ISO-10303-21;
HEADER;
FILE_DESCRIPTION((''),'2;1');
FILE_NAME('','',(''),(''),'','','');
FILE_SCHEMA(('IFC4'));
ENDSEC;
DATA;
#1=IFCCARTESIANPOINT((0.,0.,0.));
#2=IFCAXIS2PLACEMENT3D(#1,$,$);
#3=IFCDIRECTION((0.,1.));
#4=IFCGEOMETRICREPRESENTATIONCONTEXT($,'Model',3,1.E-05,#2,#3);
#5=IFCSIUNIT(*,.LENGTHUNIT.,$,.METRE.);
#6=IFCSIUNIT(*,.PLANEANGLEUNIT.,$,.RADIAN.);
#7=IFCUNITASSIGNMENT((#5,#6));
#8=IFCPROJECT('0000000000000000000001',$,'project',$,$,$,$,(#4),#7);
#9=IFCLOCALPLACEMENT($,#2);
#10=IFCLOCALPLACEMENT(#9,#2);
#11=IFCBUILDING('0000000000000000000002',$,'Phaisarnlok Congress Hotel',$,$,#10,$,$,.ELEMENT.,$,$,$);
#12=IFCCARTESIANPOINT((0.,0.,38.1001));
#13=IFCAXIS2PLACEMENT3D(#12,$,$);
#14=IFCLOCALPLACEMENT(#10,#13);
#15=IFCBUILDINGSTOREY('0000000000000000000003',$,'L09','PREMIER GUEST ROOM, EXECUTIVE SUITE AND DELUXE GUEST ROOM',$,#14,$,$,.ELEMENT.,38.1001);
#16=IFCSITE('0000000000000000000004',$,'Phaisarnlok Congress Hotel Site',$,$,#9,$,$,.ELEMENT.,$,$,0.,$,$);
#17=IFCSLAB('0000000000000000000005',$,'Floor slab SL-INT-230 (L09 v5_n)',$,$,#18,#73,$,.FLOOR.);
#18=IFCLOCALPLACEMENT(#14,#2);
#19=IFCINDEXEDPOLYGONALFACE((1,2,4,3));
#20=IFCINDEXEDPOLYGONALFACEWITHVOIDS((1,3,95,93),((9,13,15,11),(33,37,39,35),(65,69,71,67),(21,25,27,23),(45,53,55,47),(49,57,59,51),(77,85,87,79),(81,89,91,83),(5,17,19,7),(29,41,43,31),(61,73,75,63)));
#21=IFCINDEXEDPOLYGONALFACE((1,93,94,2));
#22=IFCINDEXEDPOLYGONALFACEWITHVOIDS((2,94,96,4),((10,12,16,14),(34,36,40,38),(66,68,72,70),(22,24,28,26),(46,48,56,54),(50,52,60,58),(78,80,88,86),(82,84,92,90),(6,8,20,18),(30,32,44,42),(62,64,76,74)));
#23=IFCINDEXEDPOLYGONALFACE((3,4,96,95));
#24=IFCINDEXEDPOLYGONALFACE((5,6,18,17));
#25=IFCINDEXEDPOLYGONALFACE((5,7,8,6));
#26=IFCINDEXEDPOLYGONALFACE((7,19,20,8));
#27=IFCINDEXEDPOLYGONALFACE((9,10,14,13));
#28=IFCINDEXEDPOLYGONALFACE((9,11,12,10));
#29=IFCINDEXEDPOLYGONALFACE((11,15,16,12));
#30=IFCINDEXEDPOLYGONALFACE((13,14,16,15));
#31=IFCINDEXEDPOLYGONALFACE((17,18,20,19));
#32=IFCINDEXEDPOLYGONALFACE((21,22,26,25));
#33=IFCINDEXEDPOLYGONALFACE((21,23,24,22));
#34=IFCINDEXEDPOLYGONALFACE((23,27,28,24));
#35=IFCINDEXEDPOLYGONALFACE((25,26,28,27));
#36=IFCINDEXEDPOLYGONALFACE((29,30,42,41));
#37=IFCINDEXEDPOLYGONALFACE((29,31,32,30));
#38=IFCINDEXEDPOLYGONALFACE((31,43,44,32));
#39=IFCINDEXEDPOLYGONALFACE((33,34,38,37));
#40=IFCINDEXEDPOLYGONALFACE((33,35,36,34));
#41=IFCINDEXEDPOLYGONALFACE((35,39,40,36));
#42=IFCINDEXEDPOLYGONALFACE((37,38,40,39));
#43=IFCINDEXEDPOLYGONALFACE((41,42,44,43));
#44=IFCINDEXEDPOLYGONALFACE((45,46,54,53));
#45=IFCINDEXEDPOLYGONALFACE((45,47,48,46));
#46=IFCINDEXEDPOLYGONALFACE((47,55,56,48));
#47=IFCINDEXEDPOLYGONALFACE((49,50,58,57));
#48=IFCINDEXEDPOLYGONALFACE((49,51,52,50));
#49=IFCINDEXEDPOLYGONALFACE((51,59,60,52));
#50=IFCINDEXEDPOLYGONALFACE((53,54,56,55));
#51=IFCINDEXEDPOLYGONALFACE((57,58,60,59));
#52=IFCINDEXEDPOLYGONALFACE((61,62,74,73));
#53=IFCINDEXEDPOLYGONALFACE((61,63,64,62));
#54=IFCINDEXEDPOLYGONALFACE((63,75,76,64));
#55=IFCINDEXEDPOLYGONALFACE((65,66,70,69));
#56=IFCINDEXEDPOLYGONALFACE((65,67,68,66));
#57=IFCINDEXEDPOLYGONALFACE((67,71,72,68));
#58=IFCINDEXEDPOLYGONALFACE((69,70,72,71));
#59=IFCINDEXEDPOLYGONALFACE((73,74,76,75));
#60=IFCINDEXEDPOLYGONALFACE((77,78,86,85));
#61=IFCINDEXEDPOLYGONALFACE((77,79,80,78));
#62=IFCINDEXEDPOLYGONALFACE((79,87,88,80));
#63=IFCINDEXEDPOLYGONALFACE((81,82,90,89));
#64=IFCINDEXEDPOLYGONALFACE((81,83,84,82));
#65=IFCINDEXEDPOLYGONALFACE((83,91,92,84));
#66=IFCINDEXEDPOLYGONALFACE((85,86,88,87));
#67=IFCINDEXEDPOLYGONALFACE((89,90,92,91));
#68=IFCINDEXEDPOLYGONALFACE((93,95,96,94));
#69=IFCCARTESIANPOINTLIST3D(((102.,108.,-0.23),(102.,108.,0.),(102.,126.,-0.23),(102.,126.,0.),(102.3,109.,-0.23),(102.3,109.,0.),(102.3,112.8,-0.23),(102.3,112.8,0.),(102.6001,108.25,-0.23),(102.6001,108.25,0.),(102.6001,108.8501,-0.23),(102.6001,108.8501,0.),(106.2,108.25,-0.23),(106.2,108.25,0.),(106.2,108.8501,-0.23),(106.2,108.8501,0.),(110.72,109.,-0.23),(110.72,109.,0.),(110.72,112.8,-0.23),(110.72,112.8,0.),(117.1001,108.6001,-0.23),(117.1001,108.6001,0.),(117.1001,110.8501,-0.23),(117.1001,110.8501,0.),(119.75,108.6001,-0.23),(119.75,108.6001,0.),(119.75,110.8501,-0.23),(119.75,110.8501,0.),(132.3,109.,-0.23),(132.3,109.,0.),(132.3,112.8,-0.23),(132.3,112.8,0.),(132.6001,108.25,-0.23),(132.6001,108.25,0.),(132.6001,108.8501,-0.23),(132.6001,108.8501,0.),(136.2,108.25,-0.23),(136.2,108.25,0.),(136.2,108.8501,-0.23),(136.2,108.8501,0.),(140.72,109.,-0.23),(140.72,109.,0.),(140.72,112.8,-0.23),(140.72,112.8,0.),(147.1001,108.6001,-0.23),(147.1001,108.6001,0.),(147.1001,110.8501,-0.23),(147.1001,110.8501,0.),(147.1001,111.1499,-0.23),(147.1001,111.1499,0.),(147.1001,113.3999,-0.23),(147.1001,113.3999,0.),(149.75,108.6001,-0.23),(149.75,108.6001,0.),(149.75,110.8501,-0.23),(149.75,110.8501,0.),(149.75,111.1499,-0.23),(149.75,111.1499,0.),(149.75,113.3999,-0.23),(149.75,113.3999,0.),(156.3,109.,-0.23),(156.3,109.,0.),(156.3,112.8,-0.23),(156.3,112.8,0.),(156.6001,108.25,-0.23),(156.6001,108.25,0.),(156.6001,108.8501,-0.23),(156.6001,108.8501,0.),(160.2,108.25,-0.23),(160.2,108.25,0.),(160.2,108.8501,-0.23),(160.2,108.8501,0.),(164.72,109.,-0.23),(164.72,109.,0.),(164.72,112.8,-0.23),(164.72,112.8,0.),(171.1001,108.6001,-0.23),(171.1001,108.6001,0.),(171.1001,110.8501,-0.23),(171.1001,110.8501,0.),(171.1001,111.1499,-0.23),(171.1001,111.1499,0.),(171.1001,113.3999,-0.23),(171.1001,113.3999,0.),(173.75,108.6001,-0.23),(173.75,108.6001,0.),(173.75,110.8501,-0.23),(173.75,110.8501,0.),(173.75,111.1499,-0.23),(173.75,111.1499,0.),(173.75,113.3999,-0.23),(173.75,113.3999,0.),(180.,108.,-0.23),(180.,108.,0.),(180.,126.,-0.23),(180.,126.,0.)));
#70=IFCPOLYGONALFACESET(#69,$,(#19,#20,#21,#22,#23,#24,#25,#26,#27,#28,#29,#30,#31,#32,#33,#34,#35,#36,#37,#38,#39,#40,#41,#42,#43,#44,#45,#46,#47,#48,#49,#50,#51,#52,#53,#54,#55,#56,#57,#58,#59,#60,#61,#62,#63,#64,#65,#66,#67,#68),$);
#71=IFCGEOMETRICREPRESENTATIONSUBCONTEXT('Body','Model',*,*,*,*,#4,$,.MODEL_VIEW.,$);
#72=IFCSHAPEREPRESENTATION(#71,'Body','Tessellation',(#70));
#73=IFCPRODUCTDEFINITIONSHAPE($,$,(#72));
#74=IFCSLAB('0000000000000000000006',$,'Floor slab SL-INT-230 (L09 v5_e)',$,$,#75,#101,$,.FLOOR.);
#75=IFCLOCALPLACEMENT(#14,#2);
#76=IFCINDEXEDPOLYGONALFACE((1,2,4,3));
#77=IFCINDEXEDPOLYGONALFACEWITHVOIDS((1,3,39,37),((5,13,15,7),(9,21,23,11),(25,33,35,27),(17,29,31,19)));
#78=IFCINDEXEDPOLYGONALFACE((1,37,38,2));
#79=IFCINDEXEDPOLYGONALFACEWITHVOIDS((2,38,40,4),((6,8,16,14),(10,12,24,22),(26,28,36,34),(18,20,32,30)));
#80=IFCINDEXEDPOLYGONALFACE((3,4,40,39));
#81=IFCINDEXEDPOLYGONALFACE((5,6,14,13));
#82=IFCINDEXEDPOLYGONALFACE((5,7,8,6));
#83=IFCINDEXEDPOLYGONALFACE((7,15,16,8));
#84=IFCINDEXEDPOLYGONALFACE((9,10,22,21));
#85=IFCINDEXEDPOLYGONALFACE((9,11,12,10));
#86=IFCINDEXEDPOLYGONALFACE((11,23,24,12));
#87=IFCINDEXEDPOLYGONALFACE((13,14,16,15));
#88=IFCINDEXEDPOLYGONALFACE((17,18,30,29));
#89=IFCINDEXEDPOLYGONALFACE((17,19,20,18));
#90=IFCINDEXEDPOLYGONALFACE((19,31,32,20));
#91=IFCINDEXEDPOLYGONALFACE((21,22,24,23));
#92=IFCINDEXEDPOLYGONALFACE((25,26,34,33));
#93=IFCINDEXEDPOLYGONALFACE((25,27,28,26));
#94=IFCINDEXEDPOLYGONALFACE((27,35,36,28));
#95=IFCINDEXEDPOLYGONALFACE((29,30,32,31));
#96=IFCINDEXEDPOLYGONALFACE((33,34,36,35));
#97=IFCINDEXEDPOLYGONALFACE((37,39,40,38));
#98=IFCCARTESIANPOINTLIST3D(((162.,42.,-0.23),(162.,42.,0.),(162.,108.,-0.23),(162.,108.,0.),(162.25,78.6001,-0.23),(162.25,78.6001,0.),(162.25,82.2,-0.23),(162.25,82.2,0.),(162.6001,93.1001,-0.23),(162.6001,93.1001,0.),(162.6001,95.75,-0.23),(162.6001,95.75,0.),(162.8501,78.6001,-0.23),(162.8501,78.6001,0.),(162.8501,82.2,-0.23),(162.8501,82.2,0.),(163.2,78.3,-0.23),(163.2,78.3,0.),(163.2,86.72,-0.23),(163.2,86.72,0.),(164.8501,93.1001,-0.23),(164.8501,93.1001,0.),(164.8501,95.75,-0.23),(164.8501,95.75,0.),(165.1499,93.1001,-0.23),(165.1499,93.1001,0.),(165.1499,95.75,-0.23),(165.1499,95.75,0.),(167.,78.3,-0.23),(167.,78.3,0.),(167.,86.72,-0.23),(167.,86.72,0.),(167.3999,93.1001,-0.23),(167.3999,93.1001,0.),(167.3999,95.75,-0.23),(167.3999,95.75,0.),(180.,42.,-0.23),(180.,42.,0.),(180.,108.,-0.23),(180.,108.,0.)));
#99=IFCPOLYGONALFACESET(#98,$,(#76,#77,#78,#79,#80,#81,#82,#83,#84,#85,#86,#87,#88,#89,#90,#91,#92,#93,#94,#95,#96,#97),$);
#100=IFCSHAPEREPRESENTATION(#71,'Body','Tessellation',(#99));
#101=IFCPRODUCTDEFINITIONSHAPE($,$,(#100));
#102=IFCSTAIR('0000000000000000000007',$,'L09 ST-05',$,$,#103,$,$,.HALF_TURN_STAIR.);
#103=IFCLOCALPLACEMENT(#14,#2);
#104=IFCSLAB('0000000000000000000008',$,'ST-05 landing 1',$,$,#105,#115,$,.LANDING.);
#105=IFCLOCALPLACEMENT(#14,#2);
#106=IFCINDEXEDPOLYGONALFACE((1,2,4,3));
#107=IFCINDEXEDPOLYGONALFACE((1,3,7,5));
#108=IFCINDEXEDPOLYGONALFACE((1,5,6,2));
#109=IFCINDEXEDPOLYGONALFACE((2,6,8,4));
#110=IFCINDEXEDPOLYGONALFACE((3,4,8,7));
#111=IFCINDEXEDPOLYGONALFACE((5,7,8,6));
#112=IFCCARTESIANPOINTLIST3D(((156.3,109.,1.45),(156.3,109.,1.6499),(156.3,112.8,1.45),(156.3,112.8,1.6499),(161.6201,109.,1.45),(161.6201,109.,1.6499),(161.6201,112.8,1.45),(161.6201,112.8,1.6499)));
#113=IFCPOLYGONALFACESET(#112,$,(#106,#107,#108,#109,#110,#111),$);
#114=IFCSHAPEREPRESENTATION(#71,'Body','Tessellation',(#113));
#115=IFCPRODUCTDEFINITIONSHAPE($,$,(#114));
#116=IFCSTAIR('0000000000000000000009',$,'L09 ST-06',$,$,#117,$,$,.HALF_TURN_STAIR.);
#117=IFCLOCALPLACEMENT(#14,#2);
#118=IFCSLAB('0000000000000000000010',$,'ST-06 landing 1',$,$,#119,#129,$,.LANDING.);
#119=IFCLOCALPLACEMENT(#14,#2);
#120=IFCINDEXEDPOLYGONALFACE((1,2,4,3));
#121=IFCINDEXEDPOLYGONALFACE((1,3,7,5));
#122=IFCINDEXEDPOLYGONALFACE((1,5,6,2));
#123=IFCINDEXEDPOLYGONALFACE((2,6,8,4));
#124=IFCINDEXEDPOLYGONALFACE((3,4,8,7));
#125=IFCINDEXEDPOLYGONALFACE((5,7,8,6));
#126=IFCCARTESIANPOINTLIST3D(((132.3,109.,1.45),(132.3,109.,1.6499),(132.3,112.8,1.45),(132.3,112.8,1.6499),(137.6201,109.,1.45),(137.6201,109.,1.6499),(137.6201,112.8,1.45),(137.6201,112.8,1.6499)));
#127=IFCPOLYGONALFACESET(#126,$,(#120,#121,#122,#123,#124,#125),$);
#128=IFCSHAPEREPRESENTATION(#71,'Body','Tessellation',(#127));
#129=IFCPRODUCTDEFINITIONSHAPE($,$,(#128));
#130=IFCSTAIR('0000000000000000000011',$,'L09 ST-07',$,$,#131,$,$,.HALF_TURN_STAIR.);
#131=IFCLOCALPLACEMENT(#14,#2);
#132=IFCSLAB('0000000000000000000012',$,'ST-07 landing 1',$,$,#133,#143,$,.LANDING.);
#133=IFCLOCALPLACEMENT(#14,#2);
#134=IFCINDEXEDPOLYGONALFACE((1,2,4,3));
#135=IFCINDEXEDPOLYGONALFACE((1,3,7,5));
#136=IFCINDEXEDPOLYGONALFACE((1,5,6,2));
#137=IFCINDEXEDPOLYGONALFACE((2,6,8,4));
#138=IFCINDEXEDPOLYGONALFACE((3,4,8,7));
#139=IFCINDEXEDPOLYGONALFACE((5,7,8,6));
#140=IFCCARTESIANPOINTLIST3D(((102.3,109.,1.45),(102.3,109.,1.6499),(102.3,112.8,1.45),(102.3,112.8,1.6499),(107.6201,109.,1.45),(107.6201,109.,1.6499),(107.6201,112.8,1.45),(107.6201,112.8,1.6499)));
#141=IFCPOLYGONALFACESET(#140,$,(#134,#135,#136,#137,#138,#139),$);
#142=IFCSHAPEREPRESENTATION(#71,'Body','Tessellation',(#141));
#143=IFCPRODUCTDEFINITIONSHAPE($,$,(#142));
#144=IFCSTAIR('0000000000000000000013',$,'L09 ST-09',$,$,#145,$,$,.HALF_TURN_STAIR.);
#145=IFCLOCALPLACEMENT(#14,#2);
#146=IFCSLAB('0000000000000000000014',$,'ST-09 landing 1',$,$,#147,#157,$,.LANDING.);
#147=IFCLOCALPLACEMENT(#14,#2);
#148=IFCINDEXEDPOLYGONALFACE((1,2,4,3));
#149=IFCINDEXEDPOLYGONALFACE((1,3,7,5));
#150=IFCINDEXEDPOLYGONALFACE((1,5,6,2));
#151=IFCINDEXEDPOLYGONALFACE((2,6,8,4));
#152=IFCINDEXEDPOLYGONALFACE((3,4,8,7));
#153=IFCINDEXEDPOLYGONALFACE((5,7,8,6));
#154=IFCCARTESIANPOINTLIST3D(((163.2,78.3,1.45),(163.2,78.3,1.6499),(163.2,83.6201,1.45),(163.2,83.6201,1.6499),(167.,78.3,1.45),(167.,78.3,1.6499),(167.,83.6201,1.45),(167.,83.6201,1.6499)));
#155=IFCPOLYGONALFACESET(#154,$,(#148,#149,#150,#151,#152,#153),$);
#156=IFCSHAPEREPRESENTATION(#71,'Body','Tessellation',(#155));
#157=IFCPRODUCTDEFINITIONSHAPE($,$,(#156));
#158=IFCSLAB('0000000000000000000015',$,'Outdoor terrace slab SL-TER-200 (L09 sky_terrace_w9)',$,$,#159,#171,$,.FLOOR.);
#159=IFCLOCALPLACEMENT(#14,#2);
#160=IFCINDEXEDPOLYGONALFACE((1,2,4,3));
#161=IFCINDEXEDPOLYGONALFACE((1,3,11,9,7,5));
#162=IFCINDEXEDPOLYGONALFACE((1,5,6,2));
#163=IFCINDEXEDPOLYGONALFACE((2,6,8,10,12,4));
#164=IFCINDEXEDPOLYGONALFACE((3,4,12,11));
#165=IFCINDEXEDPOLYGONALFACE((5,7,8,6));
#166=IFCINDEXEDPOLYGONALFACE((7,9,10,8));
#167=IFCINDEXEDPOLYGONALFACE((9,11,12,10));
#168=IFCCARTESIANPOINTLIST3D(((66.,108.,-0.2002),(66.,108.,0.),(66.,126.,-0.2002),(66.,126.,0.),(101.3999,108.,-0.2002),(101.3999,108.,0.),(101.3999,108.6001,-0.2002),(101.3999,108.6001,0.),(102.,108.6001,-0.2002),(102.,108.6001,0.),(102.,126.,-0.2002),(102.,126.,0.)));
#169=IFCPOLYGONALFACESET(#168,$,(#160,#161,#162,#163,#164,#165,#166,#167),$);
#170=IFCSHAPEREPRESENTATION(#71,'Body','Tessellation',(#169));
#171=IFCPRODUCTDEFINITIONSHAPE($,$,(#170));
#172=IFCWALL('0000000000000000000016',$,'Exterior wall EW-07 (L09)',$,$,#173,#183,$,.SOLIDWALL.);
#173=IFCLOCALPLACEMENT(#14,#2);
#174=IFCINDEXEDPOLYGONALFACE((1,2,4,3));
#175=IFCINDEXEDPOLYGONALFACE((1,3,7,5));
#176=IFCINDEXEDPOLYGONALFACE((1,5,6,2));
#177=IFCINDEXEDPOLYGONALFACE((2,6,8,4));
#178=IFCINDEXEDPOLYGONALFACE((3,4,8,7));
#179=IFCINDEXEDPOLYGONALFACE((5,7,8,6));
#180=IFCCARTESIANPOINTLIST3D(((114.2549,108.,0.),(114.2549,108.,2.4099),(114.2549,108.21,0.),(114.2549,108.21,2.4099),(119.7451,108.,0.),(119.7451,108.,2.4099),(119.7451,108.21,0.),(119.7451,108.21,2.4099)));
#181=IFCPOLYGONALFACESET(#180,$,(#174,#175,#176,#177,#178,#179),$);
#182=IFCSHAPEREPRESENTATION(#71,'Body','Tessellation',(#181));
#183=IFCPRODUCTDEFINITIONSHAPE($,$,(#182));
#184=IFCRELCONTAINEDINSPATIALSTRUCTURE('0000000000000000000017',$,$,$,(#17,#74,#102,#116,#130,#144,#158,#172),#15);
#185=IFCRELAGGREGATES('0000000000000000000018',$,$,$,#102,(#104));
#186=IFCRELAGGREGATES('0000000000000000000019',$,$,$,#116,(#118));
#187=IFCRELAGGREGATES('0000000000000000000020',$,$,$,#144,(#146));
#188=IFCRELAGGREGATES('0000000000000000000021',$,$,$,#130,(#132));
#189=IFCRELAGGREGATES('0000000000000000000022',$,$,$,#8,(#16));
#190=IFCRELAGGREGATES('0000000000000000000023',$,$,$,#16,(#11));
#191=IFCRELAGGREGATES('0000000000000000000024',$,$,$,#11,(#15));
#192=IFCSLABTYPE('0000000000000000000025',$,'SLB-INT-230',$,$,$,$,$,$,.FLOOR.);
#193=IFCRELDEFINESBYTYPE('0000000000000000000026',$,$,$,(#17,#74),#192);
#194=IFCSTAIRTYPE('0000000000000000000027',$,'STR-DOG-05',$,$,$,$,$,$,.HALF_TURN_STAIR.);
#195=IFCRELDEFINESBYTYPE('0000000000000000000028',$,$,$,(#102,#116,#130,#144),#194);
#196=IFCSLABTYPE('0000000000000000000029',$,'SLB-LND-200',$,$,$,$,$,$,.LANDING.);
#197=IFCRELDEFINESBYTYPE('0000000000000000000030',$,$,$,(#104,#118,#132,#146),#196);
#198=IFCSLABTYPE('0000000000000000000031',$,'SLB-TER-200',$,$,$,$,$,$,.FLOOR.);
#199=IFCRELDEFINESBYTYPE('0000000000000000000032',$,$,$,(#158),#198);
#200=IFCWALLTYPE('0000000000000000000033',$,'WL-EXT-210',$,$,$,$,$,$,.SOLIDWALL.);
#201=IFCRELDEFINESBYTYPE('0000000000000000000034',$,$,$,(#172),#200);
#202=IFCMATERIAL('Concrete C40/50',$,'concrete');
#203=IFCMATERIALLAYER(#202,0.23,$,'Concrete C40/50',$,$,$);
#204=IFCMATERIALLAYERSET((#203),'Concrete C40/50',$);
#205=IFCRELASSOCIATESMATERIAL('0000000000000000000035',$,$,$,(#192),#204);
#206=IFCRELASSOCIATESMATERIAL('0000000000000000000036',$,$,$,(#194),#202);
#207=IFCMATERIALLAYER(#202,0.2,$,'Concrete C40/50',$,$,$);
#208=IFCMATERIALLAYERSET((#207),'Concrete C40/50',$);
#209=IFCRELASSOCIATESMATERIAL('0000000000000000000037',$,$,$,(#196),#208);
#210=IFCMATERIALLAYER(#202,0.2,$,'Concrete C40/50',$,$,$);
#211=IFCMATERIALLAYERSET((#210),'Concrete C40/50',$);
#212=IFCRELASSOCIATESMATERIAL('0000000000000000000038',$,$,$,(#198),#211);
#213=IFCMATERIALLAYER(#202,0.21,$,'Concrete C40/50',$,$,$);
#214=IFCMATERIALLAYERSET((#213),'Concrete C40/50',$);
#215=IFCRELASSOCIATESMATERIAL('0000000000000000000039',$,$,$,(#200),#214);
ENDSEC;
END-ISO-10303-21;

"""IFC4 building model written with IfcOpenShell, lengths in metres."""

from ifc_helpers import new_model, si_unit, direction, frame, frame_2d, origin, place, context, subcontext, project, spatial, polyline, rectangle, outline, extrude, material, layer, layer_set, type_object, element, aggregate, save


model = new_model("IFC4")

# Units and contexts
model_context = context("Model", 3, precision=1e-05, world=origin(), true_north=direction((0.0, 1.0)))
body_context = subcontext(model_context, "Body", "Model", "MODEL_VIEW")
ifc_project = project(units=[si_unit("LENGTHUNIT", "METRE"), si_unit("PLANEANGLEUNIT", "RADIAN")], contexts=[model_context])

# Site, building, storey
site_placement = place(None, origin())
site = spatial("IfcSite", under=ifc_project, at=site_placement, Name="Phaisarnlok Congress Hotel Site", CompositionType="ELEMENT", RefElevation=0.0)
building_placement = place(site_placement, origin())
building = spatial("IfcBuilding", under=site, at=building_placement, Name="Phaisarnlok Congress Hotel", CompositionType="ELEMENT")
storey_placement = place(building_placement, frame((0.0, 0.0, 38.1001)))
storey = spatial("IfcBuildingStorey", under=building, at=storey_placement, Name="L09", Description="PREMIER GUEST ROOM, EXECUTIVE SUITE AND DELUXE GUEST ROOM", CompositionType="ELEMENT", Elevation=38.1001)

# Shared definitions
ifc_material_1 = material(Name="Concrete C40/50", Category="concrete")

# Slabs
ifc_layer_1 = layer(ifc_material_1, 0.23, Name="Concrete C40/50")
ifc_layer_set_1 = layer_set([ifc_layer_1], Name="Concrete C40/50")
slab_type_1 = type_object("IfcSlabType", Name="SLB-INT-230", PredefinedType="FLOOR", material=ifc_layer_set_1)
slab_1_placement = place(storey_placement, frame((0.0, 0.0, -0.23)))
element("IfcSlab", 1, at=slab_1_placement, inside=storey, type_object=slab_type_1, Name="Floor slab SL-INT-230 (L09 v5_n)", PredefinedType="FLOOR", context=body_context, shape_type="SweptSolid", body=[
    extrude(outline(polyline([(180.0, 108.0), (180.0, 126.0), (102.0, 126.0), (102.0, 108.0), (180.0, 108.0)]), holes=[polyline([(164.72, 112.8), (156.3, 112.8), (156.3, 109.0), (164.72, 109.0), (164.72, 112.8)]), polyline([(140.72, 112.8), (132.3, 112.8), (132.3, 109.0), (140.72, 109.0), (140.72, 112.8)]), polyline([(110.72, 112.8), (102.3, 112.8), (102.3, 109.0), (110.72, 109.0), (110.72, 112.8)]), polyline([(173.75, 108.6001), (173.75, 110.8501), (171.1001, 110.8501), (171.1001, 108.6001), (173.75, 108.6001)]), polyline([(173.75, 111.1499), (173.75, 113.3999), (171.1001, 113.3999), (171.1001, 111.1499), (173.75, 111.1499)]), polyline([(160.2, 108.25), (160.2, 108.8501), (156.6001, 108.8501), (156.6001, 108.25), (160.2, 108.25)]), polyline([(149.75, 108.6001), (149.75, 110.8501), (147.1001, 110.8501), (147.1001, 108.6001), (149.75, 108.6001)]), polyline([(149.75, 111.1499), (149.75, 113.3999), (147.1001, 113.3999), (147.1001, 111.1499), (149.75, 111.1499)]), polyline([(136.2, 108.25), (136.2, 108.8501), (132.6001, 108.8501), (132.6001, 108.25), (136.2, 108.25)]), polyline([(119.75, 108.6001), (119.75, 110.8501), (117.1001, 110.8501), (117.1001, 108.6001), (119.75, 108.6001)]), polyline([(106.2, 108.25), (106.2, 108.8501), (102.6001, 108.8501), (102.6001, 108.25), (106.2, 108.25)])]), origin(), (0.0, 0.0, 1.0), 0.23),
])
slab_2_placement = place(storey_placement, frame((0.0, 0.0, -0.23)))
element("IfcSlab", 2, at=slab_2_placement, inside=storey, type_object=slab_type_1, Name="Floor slab SL-INT-230 (L09 v5_e)", PredefinedType="FLOOR", context=body_context, shape_type="SweptSolid", body=[
    extrude(outline(polyline([(180.0, 42.0), (180.0, 108.0), (162.0, 108.0), (162.0, 42.0), (180.0, 42.0)]), holes=[polyline([(163.2, 86.72), (163.2, 78.3), (167.0, 78.3), (167.0, 86.72), (163.2, 86.72)]), polyline([(164.8501, 93.1001), (164.8501, 95.75), (162.6001, 95.75), (162.6001, 93.1001), (164.8501, 93.1001)]), polyline([(167.3999, 93.1001), (167.3999, 95.75), (165.1499, 95.75), (165.1499, 93.1001), (167.3999, 93.1001)]), polyline([(162.8501, 78.6001), (162.8501, 82.2), (162.25, 82.2), (162.25, 78.6001), (162.8501, 78.6001)])]), origin(), (0.0, 0.0, 1.0), 0.23),
])

# Stairs, slabs
stair_type = type_object("IfcStairType", Name="STR-DOG-05", PredefinedType="HALF_TURN_STAIR", material=ifc_material_1)
stair_1_placement = place(storey_placement, origin())
stair_1 = element("IfcStair", 3, at=stair_1_placement, inside=storey, type_object=stair_type, Name="L09 ST-05", PredefinedType="HALF_TURN_STAIR")
ifc_layer_2 = layer(ifc_material_1, 0.2, Name="Concrete C40/50")
ifc_layer_set_2 = layer_set([ifc_layer_2], Name="Concrete C40/50")
slab_type_2 = type_object("IfcSlabType", Name="SLB-LND-200", PredefinedType="LANDING", material=ifc_layer_set_2)
slab_3_placement = place(storey_placement, frame((0.0, 0.0, 1.45)))
slab_3 = element("IfcSlab", 4, at=slab_3_placement, type_object=slab_type_2, Name="ST-05 landing 1", PredefinedType="LANDING", context=body_context, shape_type="SweptSolid", body=[
    extrude(outline(polyline([(161.6201, 112.8), (156.3, 112.8), (156.3, 109.0), (161.6201, 109.0), (161.6201, 112.8)])), origin(), (0.0, 0.0, 1.0), 0.2),
])
aggregate(stair_1, [slab_3])
stair_2_placement = place(storey_placement, origin())
stair_2 = element("IfcStair", 5, at=stair_2_placement, inside=storey, type_object=stair_type, Name="L09 ST-06", PredefinedType="HALF_TURN_STAIR")
slab_4_placement = place(storey_placement, frame((0.0, 0.0, 1.45)))
slab_4 = element("IfcSlab", 6, at=slab_4_placement, type_object=slab_type_2, Name="ST-06 landing 1", PredefinedType="LANDING", context=body_context, shape_type="SweptSolid", body=[
    extrude(outline(polyline([(137.6201, 112.8), (132.3, 112.8), (132.3, 109.0), (137.6201, 109.0), (137.6201, 112.8)])), origin(), (0.0, 0.0, 1.0), 0.2),
])
aggregate(stair_2, [slab_4])
stair_3_placement = place(storey_placement, origin())
stair_3 = element("IfcStair", 7, at=stair_3_placement, inside=storey, type_object=stair_type, Name="L09 ST-07", PredefinedType="HALF_TURN_STAIR")
slab_5_placement = place(storey_placement, frame((0.0, 0.0, 1.45)))
slab_5 = element("IfcSlab", 8, at=slab_5_placement, type_object=slab_type_2, Name="ST-07 landing 1", PredefinedType="LANDING", context=body_context, shape_type="SweptSolid", body=[
    extrude(outline(polyline([(107.6201, 112.8), (102.3, 112.8), (102.3, 109.0), (107.6201, 109.0), (107.6201, 112.8)])), origin(), (0.0, 0.0, 1.0), 0.2),
])
stair_4_placement = place(storey_placement, origin())
stair_4 = element("IfcStair", 9, at=stair_4_placement, inside=storey, type_object=stair_type, Name="L09 ST-09", PredefinedType="HALF_TURN_STAIR")
slab_6_placement = place(storey_placement, frame((0.0, 0.0, 1.45)))
slab_6 = element("IfcSlab", 10, at=slab_6_placement, type_object=slab_type_2, Name="ST-09 landing 1", PredefinedType="LANDING", context=body_context, shape_type="SweptSolid", body=[
    extrude(outline(polyline([(163.2, 83.6201), (163.2, 78.3), (167.0, 78.3), (167.0, 83.6201), (163.2, 83.6201)])), origin(), (0.0, 0.0, 1.0), 0.2),
])
aggregate(stair_4, [slab_6])

# Slab
ifc_layer_3 = layer(ifc_material_1, 0.2, Name="Concrete C40/50")
ifc_layer_set_3 = layer_set([ifc_layer_3], Name="Concrete C40/50")
slab_type_3 = type_object("IfcSlabType", Name="SLB-TER-200", PredefinedType="FLOOR", material=ifc_layer_set_3)
slab_7_placement = place(storey_placement, frame((0.0, 0.0, -0.2002)))
element("IfcSlab", 11, at=slab_7_placement, inside=storey, type_object=slab_type_3, Name="Outdoor terrace slab SL-TER-200 (L09 sky_terrace_w9)", PredefinedType="FLOOR", context=body_context, shape_type="SweptSolid", body=[
    extrude(outline(polyline([(66.0, 108.0), (101.3999, 108.0), (101.3999, 108.6001), (102.0, 108.6001), (102.0, 126.0), (66.0, 126.0), (66.0, 108.0)])), origin(), (0.0, 0.0, 1.0), 0.2002),
])

# Wall
ifc_layer_4 = layer(ifc_material_1, 0.21, Name="Concrete C40/50")
ifc_layer_set_4 = layer_set([ifc_layer_4], Name="Concrete C40/50")
wall_type_1 = type_object("IfcWallType", Name="WL-EXT-210", PredefinedType="SOLIDWALL", material=ifc_layer_set_4)
wall_1_placement = place(storey_placement, frame((114.2549, 108.105, 0.0), z_axis=(0.0, 0.0, 1.0), x_axis=(1.0, 0.0, 0.0)))
element("IfcWall", 12, at=wall_1_placement, inside=storey, type_object=wall_type_1, Name="Exterior wall EW-07 (L09)", PredefinedType="SOLIDWALL", context=body_context, shape_type="SweptSolid", body=[
    extrude(rectangle(XDim=5.4902, YDim=0.21, at=frame_2d((2.7451, 0.0))), origin(), (0.0, 0.0, 1.0), 2.4099),
])

aggregate(stair_3, [slab_5])

save(model, "model.ifc")
